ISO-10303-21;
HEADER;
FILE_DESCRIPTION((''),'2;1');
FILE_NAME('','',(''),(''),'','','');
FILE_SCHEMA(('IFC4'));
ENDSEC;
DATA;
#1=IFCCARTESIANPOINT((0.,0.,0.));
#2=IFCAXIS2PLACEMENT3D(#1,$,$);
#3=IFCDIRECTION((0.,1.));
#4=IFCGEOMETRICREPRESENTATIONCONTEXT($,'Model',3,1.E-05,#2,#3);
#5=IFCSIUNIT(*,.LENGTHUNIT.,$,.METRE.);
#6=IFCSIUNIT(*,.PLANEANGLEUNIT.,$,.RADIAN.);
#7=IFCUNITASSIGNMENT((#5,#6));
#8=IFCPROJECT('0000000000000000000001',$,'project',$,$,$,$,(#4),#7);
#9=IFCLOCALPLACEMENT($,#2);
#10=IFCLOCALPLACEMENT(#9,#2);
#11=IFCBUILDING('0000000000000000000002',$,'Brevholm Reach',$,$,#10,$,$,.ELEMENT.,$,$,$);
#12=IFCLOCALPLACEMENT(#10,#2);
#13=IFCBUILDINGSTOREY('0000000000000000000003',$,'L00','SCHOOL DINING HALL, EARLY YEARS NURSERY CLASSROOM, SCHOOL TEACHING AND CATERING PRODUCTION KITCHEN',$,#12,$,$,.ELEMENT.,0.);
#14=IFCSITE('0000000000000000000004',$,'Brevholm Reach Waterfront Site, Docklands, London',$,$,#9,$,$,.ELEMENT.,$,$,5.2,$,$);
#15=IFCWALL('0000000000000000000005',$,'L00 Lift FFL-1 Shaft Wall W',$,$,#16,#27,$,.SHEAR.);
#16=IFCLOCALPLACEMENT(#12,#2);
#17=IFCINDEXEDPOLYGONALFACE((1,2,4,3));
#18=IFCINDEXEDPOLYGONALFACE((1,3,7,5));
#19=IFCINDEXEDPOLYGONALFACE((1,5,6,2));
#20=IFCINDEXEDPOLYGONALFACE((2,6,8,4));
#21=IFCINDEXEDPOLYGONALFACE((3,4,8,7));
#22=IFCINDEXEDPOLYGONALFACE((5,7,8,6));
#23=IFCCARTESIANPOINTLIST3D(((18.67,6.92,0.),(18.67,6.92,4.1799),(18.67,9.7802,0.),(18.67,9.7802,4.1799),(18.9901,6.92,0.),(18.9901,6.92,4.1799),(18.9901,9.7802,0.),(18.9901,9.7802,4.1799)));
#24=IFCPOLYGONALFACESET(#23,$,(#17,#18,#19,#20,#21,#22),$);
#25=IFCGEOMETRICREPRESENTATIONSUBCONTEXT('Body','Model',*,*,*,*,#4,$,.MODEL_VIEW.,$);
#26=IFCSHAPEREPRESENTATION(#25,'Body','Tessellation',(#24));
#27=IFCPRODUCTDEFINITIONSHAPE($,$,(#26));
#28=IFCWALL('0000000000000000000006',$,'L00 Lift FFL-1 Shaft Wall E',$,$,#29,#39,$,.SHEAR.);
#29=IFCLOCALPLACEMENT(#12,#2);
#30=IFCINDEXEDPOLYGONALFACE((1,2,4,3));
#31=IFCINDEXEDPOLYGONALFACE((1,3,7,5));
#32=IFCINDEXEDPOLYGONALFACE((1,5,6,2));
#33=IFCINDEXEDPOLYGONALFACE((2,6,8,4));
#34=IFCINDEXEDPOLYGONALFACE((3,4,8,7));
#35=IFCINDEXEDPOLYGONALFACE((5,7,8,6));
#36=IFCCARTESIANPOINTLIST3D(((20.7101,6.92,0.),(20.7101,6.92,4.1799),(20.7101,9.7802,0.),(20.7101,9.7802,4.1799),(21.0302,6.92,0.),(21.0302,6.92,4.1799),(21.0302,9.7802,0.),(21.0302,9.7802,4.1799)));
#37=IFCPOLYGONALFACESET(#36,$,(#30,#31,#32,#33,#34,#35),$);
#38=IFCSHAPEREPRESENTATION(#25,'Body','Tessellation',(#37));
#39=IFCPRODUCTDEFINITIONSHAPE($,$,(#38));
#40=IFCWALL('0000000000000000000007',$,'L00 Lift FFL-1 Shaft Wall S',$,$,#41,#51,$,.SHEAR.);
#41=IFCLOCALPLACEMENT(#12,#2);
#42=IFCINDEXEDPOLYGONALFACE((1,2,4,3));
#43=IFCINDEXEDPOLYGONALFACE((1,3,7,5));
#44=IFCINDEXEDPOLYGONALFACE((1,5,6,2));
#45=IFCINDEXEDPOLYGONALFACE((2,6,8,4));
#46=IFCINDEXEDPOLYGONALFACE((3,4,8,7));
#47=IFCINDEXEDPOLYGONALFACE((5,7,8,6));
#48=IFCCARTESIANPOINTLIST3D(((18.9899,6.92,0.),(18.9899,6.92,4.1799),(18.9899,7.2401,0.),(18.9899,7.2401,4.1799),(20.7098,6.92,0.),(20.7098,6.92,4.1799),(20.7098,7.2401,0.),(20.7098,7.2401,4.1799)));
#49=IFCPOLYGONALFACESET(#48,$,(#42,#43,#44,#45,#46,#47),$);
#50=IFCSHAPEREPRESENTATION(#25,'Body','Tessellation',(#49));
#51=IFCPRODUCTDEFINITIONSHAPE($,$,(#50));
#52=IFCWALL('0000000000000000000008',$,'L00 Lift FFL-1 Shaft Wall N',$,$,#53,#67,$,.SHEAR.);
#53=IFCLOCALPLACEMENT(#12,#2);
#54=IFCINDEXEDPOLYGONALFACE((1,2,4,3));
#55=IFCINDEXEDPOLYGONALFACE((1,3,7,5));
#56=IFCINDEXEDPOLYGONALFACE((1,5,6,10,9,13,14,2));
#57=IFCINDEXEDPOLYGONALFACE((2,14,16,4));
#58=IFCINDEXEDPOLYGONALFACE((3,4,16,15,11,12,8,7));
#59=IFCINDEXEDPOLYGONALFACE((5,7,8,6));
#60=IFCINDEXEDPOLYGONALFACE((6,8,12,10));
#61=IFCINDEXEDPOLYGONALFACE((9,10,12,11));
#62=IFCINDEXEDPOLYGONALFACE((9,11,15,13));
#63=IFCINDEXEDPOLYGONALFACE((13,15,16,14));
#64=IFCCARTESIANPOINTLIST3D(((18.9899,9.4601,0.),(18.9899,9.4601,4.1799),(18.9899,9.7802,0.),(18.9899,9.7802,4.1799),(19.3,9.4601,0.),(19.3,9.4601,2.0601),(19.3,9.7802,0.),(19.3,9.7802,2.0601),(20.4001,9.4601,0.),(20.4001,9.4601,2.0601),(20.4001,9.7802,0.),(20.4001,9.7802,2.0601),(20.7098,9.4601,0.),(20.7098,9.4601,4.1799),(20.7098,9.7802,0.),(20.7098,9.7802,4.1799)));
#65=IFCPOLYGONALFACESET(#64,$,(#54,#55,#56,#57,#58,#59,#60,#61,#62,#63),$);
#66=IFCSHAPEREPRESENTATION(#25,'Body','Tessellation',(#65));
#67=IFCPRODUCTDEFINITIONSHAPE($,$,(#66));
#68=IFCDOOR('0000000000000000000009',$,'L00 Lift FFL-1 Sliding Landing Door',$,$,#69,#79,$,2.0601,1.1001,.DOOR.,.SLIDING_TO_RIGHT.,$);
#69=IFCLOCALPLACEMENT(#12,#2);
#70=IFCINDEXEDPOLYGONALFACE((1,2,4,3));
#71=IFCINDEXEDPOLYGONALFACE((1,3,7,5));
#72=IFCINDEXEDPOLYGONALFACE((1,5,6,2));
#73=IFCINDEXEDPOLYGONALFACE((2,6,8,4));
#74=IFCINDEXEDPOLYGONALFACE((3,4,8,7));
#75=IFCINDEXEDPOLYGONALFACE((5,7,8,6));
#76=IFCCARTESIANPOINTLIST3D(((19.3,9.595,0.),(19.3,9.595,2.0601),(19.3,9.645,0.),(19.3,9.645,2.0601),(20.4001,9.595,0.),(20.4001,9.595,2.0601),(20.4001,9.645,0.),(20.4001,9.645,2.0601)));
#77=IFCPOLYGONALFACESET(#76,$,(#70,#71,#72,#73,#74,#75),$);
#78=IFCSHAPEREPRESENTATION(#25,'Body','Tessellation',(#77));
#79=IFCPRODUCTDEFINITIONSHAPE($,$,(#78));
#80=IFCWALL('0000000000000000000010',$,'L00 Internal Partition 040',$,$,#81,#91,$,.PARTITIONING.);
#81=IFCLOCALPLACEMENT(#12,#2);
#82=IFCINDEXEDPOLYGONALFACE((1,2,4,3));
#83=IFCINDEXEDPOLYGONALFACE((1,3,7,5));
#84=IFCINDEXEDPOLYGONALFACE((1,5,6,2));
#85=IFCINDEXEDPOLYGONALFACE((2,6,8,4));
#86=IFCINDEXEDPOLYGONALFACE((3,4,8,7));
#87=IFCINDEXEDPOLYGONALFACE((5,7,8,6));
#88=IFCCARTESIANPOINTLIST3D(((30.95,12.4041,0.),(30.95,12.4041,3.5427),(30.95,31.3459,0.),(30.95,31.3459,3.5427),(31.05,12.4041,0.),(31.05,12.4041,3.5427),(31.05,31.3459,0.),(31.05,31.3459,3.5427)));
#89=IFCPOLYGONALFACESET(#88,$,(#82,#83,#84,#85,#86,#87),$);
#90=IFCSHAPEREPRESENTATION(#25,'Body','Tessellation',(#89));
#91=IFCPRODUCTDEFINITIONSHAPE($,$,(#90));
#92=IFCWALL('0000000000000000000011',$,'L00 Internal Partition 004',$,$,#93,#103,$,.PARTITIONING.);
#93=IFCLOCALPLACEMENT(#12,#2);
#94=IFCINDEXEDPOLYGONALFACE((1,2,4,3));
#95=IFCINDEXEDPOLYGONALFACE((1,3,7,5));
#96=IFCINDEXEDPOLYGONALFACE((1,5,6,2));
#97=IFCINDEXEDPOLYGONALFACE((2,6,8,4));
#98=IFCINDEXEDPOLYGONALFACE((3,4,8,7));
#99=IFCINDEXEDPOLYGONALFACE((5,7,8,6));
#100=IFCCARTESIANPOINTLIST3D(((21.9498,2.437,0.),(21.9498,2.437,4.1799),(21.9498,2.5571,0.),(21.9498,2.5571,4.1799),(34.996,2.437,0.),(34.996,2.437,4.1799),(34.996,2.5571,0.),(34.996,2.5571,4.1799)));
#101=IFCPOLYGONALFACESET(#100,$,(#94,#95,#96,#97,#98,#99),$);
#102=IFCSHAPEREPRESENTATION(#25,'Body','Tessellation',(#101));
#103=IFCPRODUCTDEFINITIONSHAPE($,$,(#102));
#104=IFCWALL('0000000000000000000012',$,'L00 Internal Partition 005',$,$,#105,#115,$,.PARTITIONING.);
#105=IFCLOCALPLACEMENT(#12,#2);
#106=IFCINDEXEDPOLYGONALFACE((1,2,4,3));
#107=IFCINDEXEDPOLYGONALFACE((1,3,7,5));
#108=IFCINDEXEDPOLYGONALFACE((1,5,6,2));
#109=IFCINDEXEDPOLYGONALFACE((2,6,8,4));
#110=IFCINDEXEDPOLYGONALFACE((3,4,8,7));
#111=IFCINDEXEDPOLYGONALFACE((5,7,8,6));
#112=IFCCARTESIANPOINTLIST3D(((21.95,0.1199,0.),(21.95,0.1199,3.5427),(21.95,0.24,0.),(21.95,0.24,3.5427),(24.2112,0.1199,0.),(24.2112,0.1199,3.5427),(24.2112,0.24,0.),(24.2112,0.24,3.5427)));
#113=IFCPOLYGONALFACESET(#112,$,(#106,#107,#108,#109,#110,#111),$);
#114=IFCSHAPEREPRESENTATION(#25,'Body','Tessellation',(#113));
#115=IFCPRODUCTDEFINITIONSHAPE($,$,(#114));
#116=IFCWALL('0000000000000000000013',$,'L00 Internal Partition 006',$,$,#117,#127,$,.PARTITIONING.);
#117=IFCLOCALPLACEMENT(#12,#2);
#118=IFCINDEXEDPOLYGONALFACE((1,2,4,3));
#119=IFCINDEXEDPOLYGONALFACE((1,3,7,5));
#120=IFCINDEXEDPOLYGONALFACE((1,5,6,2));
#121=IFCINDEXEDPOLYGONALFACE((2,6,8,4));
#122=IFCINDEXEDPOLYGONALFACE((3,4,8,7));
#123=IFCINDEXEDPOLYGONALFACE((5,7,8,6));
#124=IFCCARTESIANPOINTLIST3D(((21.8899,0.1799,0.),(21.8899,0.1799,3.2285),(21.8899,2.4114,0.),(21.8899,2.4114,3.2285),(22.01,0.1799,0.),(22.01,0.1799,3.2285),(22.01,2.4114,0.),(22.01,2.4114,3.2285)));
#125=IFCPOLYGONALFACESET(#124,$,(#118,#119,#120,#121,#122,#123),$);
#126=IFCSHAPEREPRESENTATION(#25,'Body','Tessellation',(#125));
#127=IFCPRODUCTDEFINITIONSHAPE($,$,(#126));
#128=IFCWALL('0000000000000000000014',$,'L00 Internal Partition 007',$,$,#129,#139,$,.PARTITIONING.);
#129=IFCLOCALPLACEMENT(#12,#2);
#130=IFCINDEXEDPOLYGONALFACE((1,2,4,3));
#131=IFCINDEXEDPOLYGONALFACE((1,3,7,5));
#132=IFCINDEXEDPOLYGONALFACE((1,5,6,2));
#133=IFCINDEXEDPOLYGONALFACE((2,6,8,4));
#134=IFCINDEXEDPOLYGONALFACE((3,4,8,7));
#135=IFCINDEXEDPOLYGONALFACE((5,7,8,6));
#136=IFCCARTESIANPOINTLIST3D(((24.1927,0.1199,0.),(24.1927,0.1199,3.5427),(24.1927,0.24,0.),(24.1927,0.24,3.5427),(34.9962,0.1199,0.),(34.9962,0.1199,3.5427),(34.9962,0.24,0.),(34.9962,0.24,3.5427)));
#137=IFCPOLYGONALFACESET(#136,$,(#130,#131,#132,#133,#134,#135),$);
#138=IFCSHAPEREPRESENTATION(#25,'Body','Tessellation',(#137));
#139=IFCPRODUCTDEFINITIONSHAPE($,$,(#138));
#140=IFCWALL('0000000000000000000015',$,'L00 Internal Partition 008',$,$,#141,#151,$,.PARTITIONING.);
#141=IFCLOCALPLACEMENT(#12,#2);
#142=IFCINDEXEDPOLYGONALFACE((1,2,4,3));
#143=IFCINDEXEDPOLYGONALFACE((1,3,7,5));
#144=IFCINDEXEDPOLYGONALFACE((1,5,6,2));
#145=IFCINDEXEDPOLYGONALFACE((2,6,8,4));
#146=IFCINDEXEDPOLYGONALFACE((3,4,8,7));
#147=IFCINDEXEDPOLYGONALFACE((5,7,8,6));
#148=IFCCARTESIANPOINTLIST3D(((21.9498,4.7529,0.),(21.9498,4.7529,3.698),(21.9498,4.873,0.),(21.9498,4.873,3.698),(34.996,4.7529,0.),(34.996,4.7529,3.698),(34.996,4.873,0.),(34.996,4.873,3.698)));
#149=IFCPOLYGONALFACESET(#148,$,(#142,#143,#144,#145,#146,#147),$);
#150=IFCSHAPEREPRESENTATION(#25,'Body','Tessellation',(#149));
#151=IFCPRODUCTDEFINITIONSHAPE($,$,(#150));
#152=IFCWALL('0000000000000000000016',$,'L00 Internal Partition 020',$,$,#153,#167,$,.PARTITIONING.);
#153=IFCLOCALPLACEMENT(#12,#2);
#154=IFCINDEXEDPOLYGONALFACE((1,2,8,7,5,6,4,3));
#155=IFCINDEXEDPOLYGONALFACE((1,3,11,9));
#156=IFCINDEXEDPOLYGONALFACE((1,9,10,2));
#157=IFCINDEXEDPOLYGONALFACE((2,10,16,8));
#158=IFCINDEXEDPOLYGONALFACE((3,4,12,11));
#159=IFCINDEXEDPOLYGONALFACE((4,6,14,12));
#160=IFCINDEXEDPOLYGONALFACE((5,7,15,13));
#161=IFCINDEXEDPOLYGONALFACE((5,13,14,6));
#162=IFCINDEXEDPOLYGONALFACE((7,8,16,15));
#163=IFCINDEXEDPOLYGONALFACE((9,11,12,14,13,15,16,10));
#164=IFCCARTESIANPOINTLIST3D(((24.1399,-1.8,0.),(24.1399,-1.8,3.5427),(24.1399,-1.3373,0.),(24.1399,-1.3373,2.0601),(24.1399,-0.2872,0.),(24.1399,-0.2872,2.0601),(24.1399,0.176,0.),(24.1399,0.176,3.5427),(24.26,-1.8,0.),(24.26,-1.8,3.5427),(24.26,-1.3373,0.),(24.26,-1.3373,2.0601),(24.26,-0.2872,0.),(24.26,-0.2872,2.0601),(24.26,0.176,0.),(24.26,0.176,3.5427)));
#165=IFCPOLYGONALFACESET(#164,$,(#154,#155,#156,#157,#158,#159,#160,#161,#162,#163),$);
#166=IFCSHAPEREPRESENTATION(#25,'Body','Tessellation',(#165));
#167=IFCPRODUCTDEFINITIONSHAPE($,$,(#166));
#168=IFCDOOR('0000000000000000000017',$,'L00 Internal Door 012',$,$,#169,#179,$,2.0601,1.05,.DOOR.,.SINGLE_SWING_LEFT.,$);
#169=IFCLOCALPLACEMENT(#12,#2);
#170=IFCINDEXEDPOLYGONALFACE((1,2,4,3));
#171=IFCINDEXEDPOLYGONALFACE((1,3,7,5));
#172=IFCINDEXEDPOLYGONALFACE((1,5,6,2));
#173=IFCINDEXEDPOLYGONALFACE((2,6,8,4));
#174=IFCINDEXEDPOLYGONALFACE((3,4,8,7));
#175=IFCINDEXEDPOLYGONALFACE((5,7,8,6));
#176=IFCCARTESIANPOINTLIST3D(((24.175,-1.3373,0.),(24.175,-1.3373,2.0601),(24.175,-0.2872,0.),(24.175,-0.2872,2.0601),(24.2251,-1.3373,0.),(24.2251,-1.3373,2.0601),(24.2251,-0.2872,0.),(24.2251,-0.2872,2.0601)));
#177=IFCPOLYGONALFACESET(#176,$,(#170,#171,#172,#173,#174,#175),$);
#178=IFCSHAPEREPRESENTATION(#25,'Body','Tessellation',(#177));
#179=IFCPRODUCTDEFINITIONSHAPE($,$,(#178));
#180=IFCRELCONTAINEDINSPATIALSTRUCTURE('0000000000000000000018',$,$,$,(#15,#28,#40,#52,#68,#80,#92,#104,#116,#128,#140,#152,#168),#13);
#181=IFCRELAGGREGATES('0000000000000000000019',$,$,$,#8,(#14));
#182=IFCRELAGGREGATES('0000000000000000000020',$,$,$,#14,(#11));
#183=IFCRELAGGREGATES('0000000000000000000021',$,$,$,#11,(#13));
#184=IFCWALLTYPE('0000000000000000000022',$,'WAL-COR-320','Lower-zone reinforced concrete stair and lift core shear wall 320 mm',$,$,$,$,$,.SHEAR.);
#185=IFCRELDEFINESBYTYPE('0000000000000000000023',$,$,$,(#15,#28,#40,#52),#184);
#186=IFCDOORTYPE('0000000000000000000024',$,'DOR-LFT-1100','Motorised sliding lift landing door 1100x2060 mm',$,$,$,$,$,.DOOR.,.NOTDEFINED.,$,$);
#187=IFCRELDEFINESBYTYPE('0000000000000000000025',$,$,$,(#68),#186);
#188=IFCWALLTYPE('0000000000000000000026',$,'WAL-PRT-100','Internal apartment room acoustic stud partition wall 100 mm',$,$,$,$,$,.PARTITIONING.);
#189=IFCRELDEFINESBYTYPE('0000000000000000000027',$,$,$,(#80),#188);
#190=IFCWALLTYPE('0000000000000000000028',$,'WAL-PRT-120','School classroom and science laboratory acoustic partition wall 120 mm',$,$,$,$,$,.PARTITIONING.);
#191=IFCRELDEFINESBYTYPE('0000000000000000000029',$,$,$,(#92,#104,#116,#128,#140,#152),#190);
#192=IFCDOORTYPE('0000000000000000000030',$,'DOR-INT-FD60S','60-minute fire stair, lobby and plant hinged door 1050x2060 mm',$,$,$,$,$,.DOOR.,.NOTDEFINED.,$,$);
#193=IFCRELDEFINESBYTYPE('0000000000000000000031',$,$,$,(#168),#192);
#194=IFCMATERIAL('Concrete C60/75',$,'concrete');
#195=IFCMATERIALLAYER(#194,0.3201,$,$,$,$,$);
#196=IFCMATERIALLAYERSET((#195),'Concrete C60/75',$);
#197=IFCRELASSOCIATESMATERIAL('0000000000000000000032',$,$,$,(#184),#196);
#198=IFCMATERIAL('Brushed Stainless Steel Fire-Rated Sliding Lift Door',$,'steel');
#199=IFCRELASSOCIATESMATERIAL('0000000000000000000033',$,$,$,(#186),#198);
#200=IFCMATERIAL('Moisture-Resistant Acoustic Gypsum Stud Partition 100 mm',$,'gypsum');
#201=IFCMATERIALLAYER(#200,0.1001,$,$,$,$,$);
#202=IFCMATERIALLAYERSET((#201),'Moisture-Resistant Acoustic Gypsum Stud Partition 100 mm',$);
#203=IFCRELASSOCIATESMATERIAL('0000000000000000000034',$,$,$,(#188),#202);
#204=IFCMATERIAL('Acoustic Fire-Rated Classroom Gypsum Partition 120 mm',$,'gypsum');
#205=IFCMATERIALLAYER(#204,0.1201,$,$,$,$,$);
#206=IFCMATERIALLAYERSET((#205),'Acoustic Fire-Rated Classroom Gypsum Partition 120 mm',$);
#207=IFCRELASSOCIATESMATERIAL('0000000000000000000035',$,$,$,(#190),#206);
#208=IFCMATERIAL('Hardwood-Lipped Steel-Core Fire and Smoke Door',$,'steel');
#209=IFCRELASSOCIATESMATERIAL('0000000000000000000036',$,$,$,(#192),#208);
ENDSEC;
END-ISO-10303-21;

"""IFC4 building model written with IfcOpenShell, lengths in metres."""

from ifc_helpers import new_model, si_unit, direction, frame, frame_2d, origin, place, context, subcontext, project, spatial, rectangle, extrude, material, layer, layer_set, type_object, element, fill, save


model = new_model("IFC4")

# Units and contexts
model_context = context("Model", 3, precision=1e-05, world=origin(), true_north=direction((0.0, 1.0)))
body_context = subcontext(model_context, "Body", "Model", "MODEL_VIEW")
ifc_project = project(units=[si_unit("LENGTHUNIT", "METRE"), si_unit("PLANEANGLEUNIT", "RADIAN")], contexts=[model_context])

# Site, building, storey
site_placement = place(None, origin())
site = spatial("IfcSite", under=ifc_project, at=site_placement, Name="Brevholm Reach Waterfront Site, Docklands, London", CompositionType="ELEMENT", RefElevation=5.2)
building_placement = place(site_placement, origin())
building = spatial("IfcBuilding", under=site, at=building_placement, Name="Brevholm Reach", CompositionType="ELEMENT")
storey_placement = place(building_placement, origin())
storey = spatial("IfcBuildingStorey", under=building, at=storey_placement, Name="L00", Description="SCHOOL DINING HALL, EARLY YEARS NURSERY CLASSROOM, SCHOOL TEACHING AND CATERING PRODUCTION KITCHEN", CompositionType="ELEMENT", Elevation=0.0)

# Walls
ifc_material_1 = material(Name="Concrete C60/75", Category="concrete")
ifc_layer_1 = layer(ifc_material_1, 0.3201)
ifc_layer_set_1 = layer_set([ifc_layer_1], Name="Concrete C60/75")
wall_type_1 = type_object("IfcWallType", Name="WAL-COR-320", Description="Lower-zone reinforced concrete stair and lift core shear wall 320 mm", PredefinedType="SHEAR", material=ifc_layer_set_1)
for number, where, z_axis, x_axis, name in (
    (1, (18.8301, 6.9199, 0.0), (0.0, 0.0, 1.0), (0.0, 1.0, 0.0), "L00 Lift FFL-1 Shaft Wall W"),
    (2, (20.8701, 6.9199, 0.0), (0.0, 0.0, 1.0), (0.0, 1.0, 0.0), "L00 Lift FFL-1 Shaft Wall E"),
):
    element("IfcWall", number, at=place(storey_placement, frame(where, z_axis=z_axis, x_axis=x_axis)), inside=storey, type_object=wall_type_1, Name=name, PredefinedType="SHEAR", context=body_context, shape_type="SweptSolid", body=[
        extrude(rectangle(XDim=2.8601, YDim=0.3201, at=frame_2d((1.4302, 0.0))), origin(), (0.0, 0.0, 1.0), 4.1799),
    ])
wall_1_placement = place(storey_placement, frame((18.99, 7.0801, 0.0), z_axis=(0.0, 0.0, 1.0), x_axis=(1.0, 0.0, 0.0)))
element("IfcWall", 3, at=wall_1_placement, inside=storey, type_object=wall_type_1, Name="L00 Lift FFL-1 Shaft Wall S", PredefinedType="SHEAR", context=body_context, shape_type="SweptSolid", body=[
    extrude(rectangle(XDim=1.72, YDim=0.3201, at=frame_2d((0.8599, 0.0))), origin(), (0.0, 0.0, 1.0), 4.1799),
])

# Wall, opening, door
wall_2_placement = place(storey_placement, frame((18.99, 9.6201, 0.0), z_axis=(0.0, 0.0, 1.0), x_axis=(1.0, 0.0, 0.0)))
wall_2 = element("IfcWall", 4, at=wall_2_placement, inside=storey, type_object=wall_type_1, Name="L00 Lift FFL-1 Shaft Wall N", PredefinedType="SHEAR", context=body_context, shape_type="SweptSolid", body=[
    extrude(rectangle(XDim=1.72, YDim=0.3201, at=frame_2d((0.8599, 0.0))), origin(), (0.0, 0.0, 1.0), 4.1799),
])
opening_1_placement = place(wall_2_placement, frame((0.3101, 0.0, 0.0)))
opening_1 = element("IfcOpeningElement", 5, at=opening_1_placement, cuts=wall_2, PredefinedType="OPENING", context=body_context, shape_type="SweptSolid", body=[
    extrude(rectangle(XDim=1.1001, YDim=2.0601, at=frame_2d((0.55, 1.03))), frame((0.0, 0.1699, 0.0), z_axis=(0.0, -1.0, 0.0), x_axis=(1.0, 0.0, 0.0)), (0.0, 0.0, 1.0), 0.3401),
])
ifc_material_2 = material(Name="Brushed Stainless Steel Fire-Rated Sliding Lift Door", Category="steel")
door_type_1 = type_object("IfcDoorType", Name="DOR-LFT-1100", Description="Motorised sliding lift landing door 1100x2060 mm", OperationType="NOTDEFINED", PredefinedType="DOOR", material=ifc_material_2)
door_1_placement = place(opening_1_placement, origin())
door_1 = element("IfcDoor", 6, at=door_1_placement, inside=storey, type_object=door_type_1, Name="L00 Lift FFL-1 Sliding Landing Door", OperationType="SLIDING_TO_RIGHT", OverallHeight=2.0601, OverallWidth=1.1001, PredefinedType="DOOR", context=body_context, shape_type="SweptSolid", body=[
    extrude(rectangle(XDim=1.1001, YDim=2.0601, at=frame_2d((0.55, 1.03))), frame((0.0, 0.0249, 0.0), z_axis=(0.0, -1.0, 0.0), x_axis=(1.0, 0.0, 0.0)), (0.0, 0.0, 1.0), 0.05),
])
fill(opening_1, door_1)

# Walls
ifc_material_3 = material(Name="Moisture-Resistant Acoustic Gypsum Stud Partition 100 mm", Category="gypsum")
ifc_layer_2 = layer(ifc_material_3, 0.1001)
ifc_layer_set_2 = layer_set([ifc_layer_2], Name="Moisture-Resistant Acoustic Gypsum Stud Partition 100 mm")
wall_type_2 = type_object("IfcWallType", Name="WAL-PRT-100", Description="Internal apartment room acoustic stud partition wall 100 mm", PredefinedType="PARTITIONING", material=ifc_layer_set_2)
wall_3_placement = place(storey_placement, frame((31.0, 12.4041, 0.0), z_axis=(0.0, 0.0, 1.0), x_axis=(0.0, 1.0, 0.0)))
element("IfcWall", 7, at=wall_3_placement, inside=storey, type_object=wall_type_2, Name="L00 Internal Partition 040", PredefinedType="PARTITIONING", context=body_context, shape_type="SweptSolid", body=[
    extrude(rectangle(XDim=18.9419, YDim=0.1001, at=frame_2d((9.4709, 0.0))), origin(), (0.0, 0.0, 1.0), 3.5427),
])
ifc_material_4 = material(Name="Acoustic Fire-Rated Classroom Gypsum Partition 120 mm", Category="gypsum")
ifc_layer_3 = layer(ifc_material_4, 0.1201)
ifc_layer_set_3 = layer_set([ifc_layer_3], Name="Acoustic Fire-Rated Classroom Gypsum Partition 120 mm")
wall_type_3 = type_object("IfcWallType", Name="WAL-PRT-120", Description="School classroom and science laboratory acoustic partition wall 120 mm", PredefinedType="PARTITIONING", material=ifc_layer_set_3)
wall_4_placement = place(storey_placement, frame((21.95, 2.4971, 0.0), z_axis=(0.0, 0.0, 1.0), x_axis=(1.0, 0.0, 0.0)))
element("IfcWall", 8, at=wall_4_placement, inside=storey, type_object=wall_type_3, Name="L00 Internal Partition 004", PredefinedType="PARTITIONING", context=body_context, shape_type="SweptSolid", body=[
    extrude(rectangle(XDim=13.0461, YDim=0.1201, at=frame_2d((6.5229, 0.0))), origin(), (0.0, 0.0, 1.0), 4.1799),
])
wall_5_placement = place(storey_placement, frame((21.95, 0.1799, 0.0), z_axis=(0.0, 0.0, 1.0), x_axis=(1.0, 0.0, 0.0)))
element("IfcWall", 9, at=wall_5_placement, inside=storey, type_object=wall_type_3, Name="L00 Internal Partition 005", PredefinedType="PARTITIONING", context=body_context, shape_type="SweptSolid", body=[
    extrude(rectangle(XDim=2.2612, YDim=0.1201, at=frame_2d((1.1306, 0.0))), origin(), (0.0, 0.0, 1.0), 3.5427),
])
wall_6_placement = place(storey_placement, frame((21.95, 0.1799, 0.0), z_axis=(0.0, 0.0, 1.0), x_axis=(0.0, 1.0, 0.0)))
element("IfcWall", 10, at=wall_6_placement, inside=storey, type_object=wall_type_3, Name="L00 Internal Partition 006", PredefinedType="PARTITIONING", context=body_context, shape_type="SweptSolid", body=[
    extrude(rectangle(XDim=2.2314, YDim=0.1201, at=frame_2d((1.1157, 0.0))), origin(), (0.0, 0.0, 1.0), 3.2285),
])
wall_7_placement = place(storey_placement, frame((24.1926, 0.1799, 0.0), z_axis=(0.0, 0.0, 1.0), x_axis=(1.0, 0.0, 0.0)))
element("IfcWall", 11, at=wall_7_placement, inside=storey, type_object=wall_type_3, Name="L00 Internal Partition 007", PredefinedType="PARTITIONING", context=body_context, shape_type="SweptSolid", body=[
    extrude(rectangle(XDim=10.8035, YDim=0.1201, at=frame_2d((5.4019, 0.0))), origin(), (0.0, 0.0, 1.0), 3.5427),
])
wall_8_placement = place(storey_placement, frame((21.95, 4.813, 0.0), z_axis=(0.0, 0.0, 1.0), x_axis=(1.0, 0.0, 0.0)))
element("IfcWall", 12, at=wall_8_placement, inside=storey, type_object=wall_type_3, Name="L00 Internal Partition 008", PredefinedType="PARTITIONING", context=body_context, shape_type="SweptSolid", body=[
    extrude(rectangle(XDim=13.0461, YDim=0.1201, at=frame_2d((6.5229, 0.0))), origin(), (0.0, 0.0, 1.0), 3.698),
])

# Wall, opening, door
wall_9_placement = place(storey_placement, frame((24.2, -1.8, 0.0), z_axis=(0.0, 0.0, 1.0), x_axis=(0.0, 1.0, 0.0)))
wall_9 = element("IfcWall", 13, at=wall_9_placement, inside=storey, type_object=wall_type_3, Name="L00 Internal Partition 020", PredefinedType="PARTITIONING", context=body_context, shape_type="SweptSolid", body=[
    extrude(rectangle(XDim=1.9761, YDim=0.1201, at=frame_2d((0.988, 0.0))), origin(), (0.0, 0.0, 1.0), 3.5427),
])
opening_2_placement = place(wall_9_placement, frame((0.4629, 0.0, 0.0)))
opening_2 = element("IfcOpeningElement", 14, at=opening_2_placement, cuts=wall_9, PredefinedType="OPENING", context=body_context, shape_type="SweptSolid", body=[
    extrude(rectangle(XDim=1.05, YDim=2.0601, at=frame_2d((0.5249, 1.03))), frame((0.0, 0.0701, 0.0), z_axis=(0.0, -1.0, 0.0), x_axis=(1.0, 0.0, 0.0)), (0.0, 0.0, 1.0), 0.1401),
])
ifc_material_5 = material(Name="Hardwood-Lipped Steel-Core Fire and Smoke Door", Category="steel")
door_type_2 = type_object("IfcDoorType", Name="DOR-INT-FD60S", Description="60-minute fire stair, lobby and plant hinged door 1050x2060 mm", OperationType="NOTDEFINED", PredefinedType="DOOR", material=ifc_material_5)
door_2_placement = place(opening_2_placement, origin())
door_2 = element("IfcDoor", 15, at=door_2_placement, inside=storey, type_object=door_type_2, Name="L00 Internal Door 012", OperationType="SINGLE_SWING_LEFT", OverallHeight=2.0601, OverallWidth=1.05, PredefinedType="DOOR", context=body_context, shape_type="SweptSolid", body=[
    extrude(rectangle(XDim=1.05, YDim=2.0601, at=frame_2d((0.5249, 1.03))), frame((0.0, 0.0249, 0.0), z_axis=(0.0, -1.0, 0.0), x_axis=(1.0, 0.0, 0.0)), (0.0, 0.0, 1.0), 0.05),
])
fill(opening_2, door_2)

save(model, "model.ifc")
